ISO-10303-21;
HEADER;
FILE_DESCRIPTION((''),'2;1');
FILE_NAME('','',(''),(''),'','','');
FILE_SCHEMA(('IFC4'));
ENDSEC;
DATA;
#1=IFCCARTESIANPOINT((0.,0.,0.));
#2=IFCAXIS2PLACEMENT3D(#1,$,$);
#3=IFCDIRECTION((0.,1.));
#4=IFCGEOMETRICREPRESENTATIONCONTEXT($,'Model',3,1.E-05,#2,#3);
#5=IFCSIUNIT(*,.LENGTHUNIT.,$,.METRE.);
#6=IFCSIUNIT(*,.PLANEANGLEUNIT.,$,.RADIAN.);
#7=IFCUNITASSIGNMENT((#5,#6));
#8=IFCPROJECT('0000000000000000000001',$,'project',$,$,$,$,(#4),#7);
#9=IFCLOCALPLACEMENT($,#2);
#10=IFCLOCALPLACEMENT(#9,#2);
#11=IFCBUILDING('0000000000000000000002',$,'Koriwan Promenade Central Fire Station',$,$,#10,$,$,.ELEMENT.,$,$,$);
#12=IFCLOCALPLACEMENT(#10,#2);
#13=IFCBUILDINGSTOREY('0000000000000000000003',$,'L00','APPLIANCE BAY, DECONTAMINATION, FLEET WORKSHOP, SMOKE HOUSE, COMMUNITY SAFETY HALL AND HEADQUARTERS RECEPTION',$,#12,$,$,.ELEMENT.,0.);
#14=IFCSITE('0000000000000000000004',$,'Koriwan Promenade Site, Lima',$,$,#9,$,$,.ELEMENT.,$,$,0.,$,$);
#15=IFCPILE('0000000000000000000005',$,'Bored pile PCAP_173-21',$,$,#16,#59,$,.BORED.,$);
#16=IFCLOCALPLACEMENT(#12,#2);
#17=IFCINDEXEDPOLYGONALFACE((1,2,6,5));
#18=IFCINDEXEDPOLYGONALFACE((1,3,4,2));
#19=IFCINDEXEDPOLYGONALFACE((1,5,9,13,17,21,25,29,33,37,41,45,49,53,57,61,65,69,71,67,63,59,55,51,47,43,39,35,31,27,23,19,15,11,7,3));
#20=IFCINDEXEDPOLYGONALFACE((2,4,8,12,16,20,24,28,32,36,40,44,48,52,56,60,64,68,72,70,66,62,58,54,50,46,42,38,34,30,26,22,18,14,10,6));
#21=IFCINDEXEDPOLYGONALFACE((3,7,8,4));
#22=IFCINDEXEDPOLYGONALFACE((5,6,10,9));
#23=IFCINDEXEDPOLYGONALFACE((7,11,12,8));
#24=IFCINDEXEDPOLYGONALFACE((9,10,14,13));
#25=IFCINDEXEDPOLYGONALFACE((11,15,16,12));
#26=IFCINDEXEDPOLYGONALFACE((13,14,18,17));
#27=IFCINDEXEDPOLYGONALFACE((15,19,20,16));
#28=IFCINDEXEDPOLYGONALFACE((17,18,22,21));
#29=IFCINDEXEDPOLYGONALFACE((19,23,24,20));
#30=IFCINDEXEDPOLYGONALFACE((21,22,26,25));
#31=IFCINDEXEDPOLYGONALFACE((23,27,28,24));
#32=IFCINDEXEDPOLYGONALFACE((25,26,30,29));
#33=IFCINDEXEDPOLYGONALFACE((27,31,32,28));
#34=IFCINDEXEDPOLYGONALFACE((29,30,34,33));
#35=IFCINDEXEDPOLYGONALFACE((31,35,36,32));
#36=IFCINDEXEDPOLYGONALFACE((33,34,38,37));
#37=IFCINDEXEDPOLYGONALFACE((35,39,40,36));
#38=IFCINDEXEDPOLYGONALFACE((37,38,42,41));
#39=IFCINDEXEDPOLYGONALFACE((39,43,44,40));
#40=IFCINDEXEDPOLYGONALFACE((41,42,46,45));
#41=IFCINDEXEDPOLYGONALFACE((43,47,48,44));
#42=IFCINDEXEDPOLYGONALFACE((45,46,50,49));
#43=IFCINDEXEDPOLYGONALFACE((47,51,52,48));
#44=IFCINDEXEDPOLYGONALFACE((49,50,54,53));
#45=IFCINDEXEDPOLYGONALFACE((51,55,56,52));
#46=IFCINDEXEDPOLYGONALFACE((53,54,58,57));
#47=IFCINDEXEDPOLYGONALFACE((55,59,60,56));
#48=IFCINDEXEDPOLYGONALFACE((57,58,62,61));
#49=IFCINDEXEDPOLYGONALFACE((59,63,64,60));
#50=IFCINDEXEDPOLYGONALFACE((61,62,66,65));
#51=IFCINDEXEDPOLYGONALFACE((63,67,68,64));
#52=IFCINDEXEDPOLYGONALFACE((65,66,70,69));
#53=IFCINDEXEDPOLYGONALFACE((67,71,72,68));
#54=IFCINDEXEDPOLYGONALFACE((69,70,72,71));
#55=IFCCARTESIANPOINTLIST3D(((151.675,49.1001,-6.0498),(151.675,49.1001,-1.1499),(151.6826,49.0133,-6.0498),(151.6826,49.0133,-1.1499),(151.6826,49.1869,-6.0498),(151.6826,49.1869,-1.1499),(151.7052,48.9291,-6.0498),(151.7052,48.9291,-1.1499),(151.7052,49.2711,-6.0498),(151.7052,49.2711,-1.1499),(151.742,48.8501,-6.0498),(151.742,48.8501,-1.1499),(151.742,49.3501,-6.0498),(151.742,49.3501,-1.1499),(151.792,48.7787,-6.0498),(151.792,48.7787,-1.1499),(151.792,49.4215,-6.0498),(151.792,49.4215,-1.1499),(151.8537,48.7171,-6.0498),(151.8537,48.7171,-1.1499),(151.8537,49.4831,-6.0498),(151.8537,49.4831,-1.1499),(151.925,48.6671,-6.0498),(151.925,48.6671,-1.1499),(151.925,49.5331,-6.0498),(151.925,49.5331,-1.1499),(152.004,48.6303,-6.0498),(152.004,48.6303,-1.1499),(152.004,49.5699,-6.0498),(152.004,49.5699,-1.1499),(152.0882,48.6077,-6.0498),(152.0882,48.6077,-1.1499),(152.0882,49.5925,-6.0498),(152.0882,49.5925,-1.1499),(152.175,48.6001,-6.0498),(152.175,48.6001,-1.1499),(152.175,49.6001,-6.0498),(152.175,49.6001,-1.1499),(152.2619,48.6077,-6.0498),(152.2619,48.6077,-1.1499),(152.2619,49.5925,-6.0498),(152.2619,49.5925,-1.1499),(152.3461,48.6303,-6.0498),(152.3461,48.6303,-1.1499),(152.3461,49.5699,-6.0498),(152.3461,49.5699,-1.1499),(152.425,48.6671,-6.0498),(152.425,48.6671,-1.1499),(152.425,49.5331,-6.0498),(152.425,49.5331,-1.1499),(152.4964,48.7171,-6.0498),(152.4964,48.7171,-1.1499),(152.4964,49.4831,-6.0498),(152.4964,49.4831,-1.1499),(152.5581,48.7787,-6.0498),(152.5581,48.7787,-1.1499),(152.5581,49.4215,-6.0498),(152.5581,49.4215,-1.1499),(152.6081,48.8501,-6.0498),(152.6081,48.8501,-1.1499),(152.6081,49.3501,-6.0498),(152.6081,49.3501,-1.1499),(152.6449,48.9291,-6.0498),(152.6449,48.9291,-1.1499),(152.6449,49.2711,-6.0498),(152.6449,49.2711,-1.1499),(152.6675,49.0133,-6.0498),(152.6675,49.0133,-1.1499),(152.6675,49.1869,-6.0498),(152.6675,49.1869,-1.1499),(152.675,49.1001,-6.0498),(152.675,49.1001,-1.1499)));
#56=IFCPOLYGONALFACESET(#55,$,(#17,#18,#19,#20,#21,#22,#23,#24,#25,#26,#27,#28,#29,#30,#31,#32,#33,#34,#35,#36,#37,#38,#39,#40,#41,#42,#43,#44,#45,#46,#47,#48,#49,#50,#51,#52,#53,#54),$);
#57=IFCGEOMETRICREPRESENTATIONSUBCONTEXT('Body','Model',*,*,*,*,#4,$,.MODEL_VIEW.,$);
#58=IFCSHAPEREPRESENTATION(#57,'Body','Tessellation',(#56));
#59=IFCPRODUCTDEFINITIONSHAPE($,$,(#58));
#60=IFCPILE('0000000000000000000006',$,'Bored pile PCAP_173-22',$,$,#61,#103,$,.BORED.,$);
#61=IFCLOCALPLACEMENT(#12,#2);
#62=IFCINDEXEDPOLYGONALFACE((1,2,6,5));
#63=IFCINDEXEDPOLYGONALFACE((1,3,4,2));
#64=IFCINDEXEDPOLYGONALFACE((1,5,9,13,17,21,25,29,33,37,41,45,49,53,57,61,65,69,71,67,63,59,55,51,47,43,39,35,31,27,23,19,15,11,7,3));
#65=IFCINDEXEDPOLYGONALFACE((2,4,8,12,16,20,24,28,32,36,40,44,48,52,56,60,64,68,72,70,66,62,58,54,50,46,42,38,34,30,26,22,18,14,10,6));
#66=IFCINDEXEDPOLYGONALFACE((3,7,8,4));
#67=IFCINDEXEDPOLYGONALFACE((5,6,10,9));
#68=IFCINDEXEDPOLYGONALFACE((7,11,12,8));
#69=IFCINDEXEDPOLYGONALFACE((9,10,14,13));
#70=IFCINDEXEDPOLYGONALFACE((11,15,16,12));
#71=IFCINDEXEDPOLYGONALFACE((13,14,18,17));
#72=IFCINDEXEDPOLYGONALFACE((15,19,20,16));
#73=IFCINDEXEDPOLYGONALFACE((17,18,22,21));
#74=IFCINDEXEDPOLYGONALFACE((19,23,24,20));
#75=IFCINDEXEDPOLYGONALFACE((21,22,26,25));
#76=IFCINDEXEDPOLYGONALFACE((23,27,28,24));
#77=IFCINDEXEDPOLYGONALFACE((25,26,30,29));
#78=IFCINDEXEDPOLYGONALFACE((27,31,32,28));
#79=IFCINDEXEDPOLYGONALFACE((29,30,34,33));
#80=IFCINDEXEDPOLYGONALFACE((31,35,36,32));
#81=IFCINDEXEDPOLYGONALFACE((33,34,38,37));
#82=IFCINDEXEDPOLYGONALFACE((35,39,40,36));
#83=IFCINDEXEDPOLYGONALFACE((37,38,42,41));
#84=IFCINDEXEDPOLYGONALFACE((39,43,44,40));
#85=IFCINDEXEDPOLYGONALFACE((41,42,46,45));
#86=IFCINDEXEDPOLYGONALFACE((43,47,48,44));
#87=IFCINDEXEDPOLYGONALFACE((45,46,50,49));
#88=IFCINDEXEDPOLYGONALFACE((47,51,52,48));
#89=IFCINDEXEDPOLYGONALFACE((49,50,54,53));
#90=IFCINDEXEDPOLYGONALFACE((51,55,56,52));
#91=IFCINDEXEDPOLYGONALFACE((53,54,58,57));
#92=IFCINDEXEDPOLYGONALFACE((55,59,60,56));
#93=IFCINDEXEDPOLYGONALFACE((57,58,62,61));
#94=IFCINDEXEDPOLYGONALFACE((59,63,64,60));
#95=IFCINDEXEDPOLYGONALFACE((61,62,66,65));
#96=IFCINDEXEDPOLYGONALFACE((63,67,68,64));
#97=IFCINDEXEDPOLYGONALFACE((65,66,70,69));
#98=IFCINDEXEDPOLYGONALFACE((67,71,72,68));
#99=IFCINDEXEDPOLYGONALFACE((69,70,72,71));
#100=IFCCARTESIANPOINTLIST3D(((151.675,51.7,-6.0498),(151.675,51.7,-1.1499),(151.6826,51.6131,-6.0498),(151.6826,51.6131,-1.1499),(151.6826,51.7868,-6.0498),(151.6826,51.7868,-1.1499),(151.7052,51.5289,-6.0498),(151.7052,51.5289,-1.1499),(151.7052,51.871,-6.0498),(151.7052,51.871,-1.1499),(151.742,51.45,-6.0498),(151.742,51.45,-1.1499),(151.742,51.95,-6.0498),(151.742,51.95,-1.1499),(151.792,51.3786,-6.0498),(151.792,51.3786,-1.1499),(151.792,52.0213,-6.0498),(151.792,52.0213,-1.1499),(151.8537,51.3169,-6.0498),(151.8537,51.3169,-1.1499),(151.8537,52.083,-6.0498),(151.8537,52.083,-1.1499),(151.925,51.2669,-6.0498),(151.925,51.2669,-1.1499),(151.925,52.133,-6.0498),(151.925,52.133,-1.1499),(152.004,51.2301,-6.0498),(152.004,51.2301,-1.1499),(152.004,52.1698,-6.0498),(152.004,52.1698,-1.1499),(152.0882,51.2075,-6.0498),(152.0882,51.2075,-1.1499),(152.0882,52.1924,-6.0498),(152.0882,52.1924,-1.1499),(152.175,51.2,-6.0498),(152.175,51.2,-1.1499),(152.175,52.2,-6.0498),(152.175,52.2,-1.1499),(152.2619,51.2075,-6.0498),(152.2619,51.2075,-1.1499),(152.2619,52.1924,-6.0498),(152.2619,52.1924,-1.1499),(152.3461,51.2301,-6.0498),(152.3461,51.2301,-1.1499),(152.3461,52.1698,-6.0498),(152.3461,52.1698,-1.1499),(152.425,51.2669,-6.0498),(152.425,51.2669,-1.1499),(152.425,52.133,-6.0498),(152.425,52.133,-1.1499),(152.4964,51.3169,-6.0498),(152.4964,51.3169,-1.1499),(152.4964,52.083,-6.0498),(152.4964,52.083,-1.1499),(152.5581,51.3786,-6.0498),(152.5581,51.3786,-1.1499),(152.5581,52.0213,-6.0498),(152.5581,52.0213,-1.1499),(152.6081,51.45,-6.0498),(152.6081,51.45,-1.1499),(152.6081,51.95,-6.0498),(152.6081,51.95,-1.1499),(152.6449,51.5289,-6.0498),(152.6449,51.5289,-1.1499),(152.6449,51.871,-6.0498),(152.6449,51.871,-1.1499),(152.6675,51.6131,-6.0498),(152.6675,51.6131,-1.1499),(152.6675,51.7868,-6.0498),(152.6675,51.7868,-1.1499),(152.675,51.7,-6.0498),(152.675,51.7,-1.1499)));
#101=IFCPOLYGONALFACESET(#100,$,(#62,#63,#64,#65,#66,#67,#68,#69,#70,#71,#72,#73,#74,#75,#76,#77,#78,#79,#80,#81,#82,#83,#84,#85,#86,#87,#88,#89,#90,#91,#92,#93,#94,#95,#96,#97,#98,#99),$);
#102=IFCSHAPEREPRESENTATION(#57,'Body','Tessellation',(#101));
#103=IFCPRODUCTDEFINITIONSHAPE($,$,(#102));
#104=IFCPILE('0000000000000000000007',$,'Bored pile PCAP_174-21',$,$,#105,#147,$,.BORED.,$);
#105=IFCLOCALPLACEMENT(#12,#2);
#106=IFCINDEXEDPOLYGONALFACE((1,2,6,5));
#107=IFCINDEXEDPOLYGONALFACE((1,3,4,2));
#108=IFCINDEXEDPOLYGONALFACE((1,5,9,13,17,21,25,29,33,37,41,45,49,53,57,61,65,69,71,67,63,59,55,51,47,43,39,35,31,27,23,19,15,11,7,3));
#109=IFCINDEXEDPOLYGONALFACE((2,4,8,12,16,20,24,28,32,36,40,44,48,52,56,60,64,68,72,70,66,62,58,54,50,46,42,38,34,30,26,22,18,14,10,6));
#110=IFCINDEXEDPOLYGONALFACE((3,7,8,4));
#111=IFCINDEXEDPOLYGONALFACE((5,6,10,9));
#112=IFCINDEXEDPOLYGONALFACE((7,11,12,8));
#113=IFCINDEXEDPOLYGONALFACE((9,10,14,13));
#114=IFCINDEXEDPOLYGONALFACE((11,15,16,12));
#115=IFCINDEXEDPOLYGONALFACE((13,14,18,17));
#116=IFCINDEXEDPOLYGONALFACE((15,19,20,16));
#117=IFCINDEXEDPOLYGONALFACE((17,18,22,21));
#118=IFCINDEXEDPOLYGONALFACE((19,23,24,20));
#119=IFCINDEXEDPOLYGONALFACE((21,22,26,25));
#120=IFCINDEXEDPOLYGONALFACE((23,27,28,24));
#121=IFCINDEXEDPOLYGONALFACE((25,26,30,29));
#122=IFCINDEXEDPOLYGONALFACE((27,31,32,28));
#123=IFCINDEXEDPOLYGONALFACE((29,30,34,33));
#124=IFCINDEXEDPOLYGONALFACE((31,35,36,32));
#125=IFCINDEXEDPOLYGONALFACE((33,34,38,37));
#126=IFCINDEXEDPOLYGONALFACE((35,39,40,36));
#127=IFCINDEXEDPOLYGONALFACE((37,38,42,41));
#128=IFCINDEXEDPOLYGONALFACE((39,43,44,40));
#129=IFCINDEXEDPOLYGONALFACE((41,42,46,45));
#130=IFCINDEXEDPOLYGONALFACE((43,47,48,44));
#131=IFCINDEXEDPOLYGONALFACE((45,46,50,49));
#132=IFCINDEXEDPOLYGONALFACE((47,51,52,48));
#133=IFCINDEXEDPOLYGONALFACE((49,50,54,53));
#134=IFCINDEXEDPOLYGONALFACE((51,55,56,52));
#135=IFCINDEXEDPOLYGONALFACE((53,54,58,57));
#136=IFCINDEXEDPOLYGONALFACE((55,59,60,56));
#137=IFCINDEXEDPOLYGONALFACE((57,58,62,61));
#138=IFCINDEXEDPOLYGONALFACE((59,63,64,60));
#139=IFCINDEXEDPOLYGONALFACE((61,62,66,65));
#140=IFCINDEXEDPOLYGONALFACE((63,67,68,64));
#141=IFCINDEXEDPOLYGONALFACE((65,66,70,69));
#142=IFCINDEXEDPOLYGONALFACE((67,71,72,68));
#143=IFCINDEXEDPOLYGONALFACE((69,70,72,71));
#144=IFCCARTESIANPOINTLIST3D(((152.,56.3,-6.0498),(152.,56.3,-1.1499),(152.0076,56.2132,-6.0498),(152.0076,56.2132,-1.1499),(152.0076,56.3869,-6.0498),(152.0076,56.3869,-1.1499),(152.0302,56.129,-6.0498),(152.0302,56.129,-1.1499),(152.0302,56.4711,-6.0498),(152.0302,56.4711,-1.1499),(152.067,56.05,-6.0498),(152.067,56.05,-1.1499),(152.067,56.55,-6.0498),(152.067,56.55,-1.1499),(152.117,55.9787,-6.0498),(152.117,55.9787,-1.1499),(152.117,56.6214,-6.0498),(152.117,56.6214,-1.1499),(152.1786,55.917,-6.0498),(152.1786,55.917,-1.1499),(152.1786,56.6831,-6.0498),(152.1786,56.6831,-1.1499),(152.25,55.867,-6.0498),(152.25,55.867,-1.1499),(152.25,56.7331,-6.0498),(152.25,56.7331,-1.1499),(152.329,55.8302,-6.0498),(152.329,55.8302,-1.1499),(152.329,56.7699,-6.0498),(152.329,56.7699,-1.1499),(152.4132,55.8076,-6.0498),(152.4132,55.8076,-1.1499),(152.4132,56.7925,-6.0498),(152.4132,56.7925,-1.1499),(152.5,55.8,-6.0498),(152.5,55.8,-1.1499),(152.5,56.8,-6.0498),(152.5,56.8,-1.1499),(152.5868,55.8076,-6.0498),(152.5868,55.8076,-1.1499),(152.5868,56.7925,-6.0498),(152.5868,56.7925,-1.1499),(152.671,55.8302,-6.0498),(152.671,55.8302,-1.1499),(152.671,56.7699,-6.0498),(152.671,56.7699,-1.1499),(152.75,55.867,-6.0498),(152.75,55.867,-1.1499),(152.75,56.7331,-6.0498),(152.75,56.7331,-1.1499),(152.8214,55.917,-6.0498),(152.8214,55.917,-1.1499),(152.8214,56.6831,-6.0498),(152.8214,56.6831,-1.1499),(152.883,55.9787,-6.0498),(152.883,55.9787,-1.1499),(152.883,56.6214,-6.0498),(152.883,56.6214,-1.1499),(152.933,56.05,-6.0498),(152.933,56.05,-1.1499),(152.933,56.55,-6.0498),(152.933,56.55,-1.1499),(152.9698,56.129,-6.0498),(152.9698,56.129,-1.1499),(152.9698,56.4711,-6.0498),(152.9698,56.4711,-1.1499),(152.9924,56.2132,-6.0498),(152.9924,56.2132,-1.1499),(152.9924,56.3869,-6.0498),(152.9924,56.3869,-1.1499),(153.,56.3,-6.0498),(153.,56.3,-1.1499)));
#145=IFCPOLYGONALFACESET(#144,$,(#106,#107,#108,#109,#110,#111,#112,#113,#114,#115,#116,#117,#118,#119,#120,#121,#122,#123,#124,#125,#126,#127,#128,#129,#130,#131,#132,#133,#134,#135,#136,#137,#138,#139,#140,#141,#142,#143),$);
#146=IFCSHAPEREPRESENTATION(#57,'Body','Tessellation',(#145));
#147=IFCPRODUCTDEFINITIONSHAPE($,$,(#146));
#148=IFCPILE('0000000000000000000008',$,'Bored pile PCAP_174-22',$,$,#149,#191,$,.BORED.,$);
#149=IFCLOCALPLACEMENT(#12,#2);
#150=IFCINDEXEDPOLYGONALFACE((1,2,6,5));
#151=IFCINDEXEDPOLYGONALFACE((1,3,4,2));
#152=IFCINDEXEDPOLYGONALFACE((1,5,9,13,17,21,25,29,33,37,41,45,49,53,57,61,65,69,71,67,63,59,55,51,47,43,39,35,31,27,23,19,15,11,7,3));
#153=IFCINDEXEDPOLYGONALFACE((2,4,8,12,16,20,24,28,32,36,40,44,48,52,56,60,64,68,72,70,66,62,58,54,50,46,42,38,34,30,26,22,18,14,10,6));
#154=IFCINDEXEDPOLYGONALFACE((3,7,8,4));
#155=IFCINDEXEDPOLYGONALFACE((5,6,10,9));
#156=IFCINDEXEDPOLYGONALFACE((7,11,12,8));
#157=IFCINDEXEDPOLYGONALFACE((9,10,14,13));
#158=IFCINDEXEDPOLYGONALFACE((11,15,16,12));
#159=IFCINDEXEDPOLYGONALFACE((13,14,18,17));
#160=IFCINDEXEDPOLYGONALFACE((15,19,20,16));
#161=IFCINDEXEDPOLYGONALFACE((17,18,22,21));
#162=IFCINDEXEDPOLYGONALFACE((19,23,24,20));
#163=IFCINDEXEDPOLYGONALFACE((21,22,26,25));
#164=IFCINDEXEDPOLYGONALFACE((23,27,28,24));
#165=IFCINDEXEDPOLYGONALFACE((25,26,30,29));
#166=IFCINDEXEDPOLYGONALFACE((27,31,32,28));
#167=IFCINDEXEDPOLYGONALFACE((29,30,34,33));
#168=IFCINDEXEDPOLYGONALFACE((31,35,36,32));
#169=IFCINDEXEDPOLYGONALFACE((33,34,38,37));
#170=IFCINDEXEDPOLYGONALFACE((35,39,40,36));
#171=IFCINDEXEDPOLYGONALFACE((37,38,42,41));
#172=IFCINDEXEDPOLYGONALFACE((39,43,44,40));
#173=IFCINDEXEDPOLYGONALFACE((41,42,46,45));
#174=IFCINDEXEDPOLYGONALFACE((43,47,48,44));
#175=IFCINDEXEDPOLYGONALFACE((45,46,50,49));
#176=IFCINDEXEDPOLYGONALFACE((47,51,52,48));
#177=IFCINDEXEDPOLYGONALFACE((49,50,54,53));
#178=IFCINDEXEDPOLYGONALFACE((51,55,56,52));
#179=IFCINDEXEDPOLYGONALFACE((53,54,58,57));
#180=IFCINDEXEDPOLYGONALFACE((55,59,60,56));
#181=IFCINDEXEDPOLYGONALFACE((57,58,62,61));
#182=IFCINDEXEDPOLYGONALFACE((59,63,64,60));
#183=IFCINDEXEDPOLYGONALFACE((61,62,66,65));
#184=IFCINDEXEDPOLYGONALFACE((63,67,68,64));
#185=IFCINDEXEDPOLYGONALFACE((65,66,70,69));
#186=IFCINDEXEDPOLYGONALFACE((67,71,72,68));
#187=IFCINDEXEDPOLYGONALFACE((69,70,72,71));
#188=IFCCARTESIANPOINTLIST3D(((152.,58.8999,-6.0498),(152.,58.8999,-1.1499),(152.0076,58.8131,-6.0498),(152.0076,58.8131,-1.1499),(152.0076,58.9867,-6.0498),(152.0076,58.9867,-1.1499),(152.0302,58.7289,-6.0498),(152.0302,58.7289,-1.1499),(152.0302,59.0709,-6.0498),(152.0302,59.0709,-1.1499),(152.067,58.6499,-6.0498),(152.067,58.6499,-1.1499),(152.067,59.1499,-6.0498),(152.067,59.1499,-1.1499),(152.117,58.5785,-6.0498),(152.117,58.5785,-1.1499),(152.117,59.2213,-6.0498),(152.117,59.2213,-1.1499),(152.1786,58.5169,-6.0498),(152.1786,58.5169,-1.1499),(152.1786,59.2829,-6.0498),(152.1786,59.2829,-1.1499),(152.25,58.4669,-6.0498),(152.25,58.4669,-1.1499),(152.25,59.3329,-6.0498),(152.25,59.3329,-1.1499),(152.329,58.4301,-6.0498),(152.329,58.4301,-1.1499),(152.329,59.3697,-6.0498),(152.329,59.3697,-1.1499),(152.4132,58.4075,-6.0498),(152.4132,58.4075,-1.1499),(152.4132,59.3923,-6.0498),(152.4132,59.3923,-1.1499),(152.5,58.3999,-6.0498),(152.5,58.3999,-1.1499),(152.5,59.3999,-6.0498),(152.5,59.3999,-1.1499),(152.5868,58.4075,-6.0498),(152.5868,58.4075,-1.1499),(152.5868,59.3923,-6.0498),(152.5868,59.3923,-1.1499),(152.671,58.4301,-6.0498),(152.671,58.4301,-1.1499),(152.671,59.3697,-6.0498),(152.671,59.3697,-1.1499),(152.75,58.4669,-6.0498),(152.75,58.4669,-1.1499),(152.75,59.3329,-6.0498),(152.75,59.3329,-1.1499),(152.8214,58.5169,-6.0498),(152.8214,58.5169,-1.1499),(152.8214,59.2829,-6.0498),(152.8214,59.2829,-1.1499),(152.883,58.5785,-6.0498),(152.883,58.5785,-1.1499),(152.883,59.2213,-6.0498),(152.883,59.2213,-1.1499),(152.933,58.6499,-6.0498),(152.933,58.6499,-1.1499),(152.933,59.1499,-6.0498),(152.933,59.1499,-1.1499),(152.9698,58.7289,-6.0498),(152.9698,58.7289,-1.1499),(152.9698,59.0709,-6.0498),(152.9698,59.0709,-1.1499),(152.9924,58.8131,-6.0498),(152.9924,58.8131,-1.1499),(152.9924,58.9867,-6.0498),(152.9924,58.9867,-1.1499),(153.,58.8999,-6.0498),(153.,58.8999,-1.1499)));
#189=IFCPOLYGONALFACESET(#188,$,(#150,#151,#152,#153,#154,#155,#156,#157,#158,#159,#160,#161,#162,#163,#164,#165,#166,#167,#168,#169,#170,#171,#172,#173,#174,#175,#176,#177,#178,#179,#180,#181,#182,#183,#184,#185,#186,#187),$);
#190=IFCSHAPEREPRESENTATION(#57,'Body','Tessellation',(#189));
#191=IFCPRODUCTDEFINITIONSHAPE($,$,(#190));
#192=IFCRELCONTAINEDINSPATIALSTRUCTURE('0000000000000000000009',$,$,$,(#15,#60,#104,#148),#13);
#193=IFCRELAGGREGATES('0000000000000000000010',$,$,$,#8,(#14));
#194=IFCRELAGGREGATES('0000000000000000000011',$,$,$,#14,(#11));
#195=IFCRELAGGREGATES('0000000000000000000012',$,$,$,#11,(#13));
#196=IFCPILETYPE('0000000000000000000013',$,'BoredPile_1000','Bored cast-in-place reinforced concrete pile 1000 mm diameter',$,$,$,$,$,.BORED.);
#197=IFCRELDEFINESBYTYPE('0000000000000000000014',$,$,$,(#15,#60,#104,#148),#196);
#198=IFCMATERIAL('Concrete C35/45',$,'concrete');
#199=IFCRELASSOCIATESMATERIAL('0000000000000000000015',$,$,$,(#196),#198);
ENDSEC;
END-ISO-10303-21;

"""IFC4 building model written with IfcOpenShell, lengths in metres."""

from ifc_helpers import new_model, si_unit, direction, frame, origin, origin_2d, place, context, subcontext, project, spatial, circle, extrude, material, material_profile, profile_set, type_object, element, save


model = new_model("IFC4")

# Units and contexts
model_context = context("Model", 3, precision=1e-05, world=origin(), true_north=direction((0.0, 1.0)))
body_context = subcontext(model_context, "Body", "Model", "MODEL_VIEW")
ifc_project = project(units=[si_unit("LENGTHUNIT", "METRE"), si_unit("PLANEANGLEUNIT", "RADIAN")], contexts=[model_context])

# Site, building, storey
site_placement = place(None, origin())
site = spatial("IfcSite", under=ifc_project, at=site_placement, Name="Koriwan Promenade Site, Lima", CompositionType="ELEMENT", RefElevation=0.0)
building_placement = place(site_placement, origin())
building = spatial("IfcBuilding", under=site, at=building_placement, Name="Koriwan Promenade Central Fire Station", CompositionType="ELEMENT")
storey_placement = place(building_placement, origin())
storey = spatial("IfcBuildingStorey", under=building, at=storey_placement, Name="L00", Description="APPLIANCE BAY, DECONTAMINATION, FLEET WORKSHOP, SMOKE HOUSE, COMMUNITY SAFETY HALL AND HEADQUARTERS RECEPTION", CompositionType="ELEMENT", Elevation=0.0)

# Piles
ifc_material_1 = material(Name="Concrete C35/45", Category="concrete")
ifc_material_profile_1 = material_profile(ifc_material_1, circle(Radius=0.5, at=origin_2d()), Name="PILE-D1000")
ifc_profile_set_1 = profile_set([ifc_material_profile_1], Name="Concrete C35/45")
pile_type = type_object("IfcPileType", Name="BoredPile_1000", Description="Bored cast-in-place reinforced concrete pile 1000 mm diameter", PredefinedType="BORED", material=ifc_profile_set_1)
for number, where, z_axis, x_axis, name in (
    (1, (152.175, 49.1001, -1.1499), (0.0, 0.0, -1.0), (1.0, 0.0, 0.0), "Bored pile PCAP_173-21"),
    (2, (152.175, 51.7, -1.1499), (0.0, 0.0, -1.0), (1.0, 0.0, 0.0), "Bored pile PCAP_173-22"),
    (3, (152.5, 56.3, -1.1499), (0.0, 0.0, -1.0), (1.0, 0.0, 0.0), "Bored pile PCAP_174-21"),
    (4, (152.5, 58.8999, -1.1499), (0.0, 0.0, -1.0), (1.0, 0.0, 0.0), "Bored pile PCAP_174-22"),
):
    element("IfcPile", number, at=place(storey_placement, frame(where, z_axis=z_axis, x_axis=x_axis)), inside=storey, type_object=pile_type, Name=name, PredefinedType="BORED", context=body_context, shape_type="SweptSolid", body=[
        extrude(circle(Radius=0.5, at=origin_2d()), origin(), (0.0, 0.0, 1.0), 4.8999),
    ])

save(model, "model.ifc")
